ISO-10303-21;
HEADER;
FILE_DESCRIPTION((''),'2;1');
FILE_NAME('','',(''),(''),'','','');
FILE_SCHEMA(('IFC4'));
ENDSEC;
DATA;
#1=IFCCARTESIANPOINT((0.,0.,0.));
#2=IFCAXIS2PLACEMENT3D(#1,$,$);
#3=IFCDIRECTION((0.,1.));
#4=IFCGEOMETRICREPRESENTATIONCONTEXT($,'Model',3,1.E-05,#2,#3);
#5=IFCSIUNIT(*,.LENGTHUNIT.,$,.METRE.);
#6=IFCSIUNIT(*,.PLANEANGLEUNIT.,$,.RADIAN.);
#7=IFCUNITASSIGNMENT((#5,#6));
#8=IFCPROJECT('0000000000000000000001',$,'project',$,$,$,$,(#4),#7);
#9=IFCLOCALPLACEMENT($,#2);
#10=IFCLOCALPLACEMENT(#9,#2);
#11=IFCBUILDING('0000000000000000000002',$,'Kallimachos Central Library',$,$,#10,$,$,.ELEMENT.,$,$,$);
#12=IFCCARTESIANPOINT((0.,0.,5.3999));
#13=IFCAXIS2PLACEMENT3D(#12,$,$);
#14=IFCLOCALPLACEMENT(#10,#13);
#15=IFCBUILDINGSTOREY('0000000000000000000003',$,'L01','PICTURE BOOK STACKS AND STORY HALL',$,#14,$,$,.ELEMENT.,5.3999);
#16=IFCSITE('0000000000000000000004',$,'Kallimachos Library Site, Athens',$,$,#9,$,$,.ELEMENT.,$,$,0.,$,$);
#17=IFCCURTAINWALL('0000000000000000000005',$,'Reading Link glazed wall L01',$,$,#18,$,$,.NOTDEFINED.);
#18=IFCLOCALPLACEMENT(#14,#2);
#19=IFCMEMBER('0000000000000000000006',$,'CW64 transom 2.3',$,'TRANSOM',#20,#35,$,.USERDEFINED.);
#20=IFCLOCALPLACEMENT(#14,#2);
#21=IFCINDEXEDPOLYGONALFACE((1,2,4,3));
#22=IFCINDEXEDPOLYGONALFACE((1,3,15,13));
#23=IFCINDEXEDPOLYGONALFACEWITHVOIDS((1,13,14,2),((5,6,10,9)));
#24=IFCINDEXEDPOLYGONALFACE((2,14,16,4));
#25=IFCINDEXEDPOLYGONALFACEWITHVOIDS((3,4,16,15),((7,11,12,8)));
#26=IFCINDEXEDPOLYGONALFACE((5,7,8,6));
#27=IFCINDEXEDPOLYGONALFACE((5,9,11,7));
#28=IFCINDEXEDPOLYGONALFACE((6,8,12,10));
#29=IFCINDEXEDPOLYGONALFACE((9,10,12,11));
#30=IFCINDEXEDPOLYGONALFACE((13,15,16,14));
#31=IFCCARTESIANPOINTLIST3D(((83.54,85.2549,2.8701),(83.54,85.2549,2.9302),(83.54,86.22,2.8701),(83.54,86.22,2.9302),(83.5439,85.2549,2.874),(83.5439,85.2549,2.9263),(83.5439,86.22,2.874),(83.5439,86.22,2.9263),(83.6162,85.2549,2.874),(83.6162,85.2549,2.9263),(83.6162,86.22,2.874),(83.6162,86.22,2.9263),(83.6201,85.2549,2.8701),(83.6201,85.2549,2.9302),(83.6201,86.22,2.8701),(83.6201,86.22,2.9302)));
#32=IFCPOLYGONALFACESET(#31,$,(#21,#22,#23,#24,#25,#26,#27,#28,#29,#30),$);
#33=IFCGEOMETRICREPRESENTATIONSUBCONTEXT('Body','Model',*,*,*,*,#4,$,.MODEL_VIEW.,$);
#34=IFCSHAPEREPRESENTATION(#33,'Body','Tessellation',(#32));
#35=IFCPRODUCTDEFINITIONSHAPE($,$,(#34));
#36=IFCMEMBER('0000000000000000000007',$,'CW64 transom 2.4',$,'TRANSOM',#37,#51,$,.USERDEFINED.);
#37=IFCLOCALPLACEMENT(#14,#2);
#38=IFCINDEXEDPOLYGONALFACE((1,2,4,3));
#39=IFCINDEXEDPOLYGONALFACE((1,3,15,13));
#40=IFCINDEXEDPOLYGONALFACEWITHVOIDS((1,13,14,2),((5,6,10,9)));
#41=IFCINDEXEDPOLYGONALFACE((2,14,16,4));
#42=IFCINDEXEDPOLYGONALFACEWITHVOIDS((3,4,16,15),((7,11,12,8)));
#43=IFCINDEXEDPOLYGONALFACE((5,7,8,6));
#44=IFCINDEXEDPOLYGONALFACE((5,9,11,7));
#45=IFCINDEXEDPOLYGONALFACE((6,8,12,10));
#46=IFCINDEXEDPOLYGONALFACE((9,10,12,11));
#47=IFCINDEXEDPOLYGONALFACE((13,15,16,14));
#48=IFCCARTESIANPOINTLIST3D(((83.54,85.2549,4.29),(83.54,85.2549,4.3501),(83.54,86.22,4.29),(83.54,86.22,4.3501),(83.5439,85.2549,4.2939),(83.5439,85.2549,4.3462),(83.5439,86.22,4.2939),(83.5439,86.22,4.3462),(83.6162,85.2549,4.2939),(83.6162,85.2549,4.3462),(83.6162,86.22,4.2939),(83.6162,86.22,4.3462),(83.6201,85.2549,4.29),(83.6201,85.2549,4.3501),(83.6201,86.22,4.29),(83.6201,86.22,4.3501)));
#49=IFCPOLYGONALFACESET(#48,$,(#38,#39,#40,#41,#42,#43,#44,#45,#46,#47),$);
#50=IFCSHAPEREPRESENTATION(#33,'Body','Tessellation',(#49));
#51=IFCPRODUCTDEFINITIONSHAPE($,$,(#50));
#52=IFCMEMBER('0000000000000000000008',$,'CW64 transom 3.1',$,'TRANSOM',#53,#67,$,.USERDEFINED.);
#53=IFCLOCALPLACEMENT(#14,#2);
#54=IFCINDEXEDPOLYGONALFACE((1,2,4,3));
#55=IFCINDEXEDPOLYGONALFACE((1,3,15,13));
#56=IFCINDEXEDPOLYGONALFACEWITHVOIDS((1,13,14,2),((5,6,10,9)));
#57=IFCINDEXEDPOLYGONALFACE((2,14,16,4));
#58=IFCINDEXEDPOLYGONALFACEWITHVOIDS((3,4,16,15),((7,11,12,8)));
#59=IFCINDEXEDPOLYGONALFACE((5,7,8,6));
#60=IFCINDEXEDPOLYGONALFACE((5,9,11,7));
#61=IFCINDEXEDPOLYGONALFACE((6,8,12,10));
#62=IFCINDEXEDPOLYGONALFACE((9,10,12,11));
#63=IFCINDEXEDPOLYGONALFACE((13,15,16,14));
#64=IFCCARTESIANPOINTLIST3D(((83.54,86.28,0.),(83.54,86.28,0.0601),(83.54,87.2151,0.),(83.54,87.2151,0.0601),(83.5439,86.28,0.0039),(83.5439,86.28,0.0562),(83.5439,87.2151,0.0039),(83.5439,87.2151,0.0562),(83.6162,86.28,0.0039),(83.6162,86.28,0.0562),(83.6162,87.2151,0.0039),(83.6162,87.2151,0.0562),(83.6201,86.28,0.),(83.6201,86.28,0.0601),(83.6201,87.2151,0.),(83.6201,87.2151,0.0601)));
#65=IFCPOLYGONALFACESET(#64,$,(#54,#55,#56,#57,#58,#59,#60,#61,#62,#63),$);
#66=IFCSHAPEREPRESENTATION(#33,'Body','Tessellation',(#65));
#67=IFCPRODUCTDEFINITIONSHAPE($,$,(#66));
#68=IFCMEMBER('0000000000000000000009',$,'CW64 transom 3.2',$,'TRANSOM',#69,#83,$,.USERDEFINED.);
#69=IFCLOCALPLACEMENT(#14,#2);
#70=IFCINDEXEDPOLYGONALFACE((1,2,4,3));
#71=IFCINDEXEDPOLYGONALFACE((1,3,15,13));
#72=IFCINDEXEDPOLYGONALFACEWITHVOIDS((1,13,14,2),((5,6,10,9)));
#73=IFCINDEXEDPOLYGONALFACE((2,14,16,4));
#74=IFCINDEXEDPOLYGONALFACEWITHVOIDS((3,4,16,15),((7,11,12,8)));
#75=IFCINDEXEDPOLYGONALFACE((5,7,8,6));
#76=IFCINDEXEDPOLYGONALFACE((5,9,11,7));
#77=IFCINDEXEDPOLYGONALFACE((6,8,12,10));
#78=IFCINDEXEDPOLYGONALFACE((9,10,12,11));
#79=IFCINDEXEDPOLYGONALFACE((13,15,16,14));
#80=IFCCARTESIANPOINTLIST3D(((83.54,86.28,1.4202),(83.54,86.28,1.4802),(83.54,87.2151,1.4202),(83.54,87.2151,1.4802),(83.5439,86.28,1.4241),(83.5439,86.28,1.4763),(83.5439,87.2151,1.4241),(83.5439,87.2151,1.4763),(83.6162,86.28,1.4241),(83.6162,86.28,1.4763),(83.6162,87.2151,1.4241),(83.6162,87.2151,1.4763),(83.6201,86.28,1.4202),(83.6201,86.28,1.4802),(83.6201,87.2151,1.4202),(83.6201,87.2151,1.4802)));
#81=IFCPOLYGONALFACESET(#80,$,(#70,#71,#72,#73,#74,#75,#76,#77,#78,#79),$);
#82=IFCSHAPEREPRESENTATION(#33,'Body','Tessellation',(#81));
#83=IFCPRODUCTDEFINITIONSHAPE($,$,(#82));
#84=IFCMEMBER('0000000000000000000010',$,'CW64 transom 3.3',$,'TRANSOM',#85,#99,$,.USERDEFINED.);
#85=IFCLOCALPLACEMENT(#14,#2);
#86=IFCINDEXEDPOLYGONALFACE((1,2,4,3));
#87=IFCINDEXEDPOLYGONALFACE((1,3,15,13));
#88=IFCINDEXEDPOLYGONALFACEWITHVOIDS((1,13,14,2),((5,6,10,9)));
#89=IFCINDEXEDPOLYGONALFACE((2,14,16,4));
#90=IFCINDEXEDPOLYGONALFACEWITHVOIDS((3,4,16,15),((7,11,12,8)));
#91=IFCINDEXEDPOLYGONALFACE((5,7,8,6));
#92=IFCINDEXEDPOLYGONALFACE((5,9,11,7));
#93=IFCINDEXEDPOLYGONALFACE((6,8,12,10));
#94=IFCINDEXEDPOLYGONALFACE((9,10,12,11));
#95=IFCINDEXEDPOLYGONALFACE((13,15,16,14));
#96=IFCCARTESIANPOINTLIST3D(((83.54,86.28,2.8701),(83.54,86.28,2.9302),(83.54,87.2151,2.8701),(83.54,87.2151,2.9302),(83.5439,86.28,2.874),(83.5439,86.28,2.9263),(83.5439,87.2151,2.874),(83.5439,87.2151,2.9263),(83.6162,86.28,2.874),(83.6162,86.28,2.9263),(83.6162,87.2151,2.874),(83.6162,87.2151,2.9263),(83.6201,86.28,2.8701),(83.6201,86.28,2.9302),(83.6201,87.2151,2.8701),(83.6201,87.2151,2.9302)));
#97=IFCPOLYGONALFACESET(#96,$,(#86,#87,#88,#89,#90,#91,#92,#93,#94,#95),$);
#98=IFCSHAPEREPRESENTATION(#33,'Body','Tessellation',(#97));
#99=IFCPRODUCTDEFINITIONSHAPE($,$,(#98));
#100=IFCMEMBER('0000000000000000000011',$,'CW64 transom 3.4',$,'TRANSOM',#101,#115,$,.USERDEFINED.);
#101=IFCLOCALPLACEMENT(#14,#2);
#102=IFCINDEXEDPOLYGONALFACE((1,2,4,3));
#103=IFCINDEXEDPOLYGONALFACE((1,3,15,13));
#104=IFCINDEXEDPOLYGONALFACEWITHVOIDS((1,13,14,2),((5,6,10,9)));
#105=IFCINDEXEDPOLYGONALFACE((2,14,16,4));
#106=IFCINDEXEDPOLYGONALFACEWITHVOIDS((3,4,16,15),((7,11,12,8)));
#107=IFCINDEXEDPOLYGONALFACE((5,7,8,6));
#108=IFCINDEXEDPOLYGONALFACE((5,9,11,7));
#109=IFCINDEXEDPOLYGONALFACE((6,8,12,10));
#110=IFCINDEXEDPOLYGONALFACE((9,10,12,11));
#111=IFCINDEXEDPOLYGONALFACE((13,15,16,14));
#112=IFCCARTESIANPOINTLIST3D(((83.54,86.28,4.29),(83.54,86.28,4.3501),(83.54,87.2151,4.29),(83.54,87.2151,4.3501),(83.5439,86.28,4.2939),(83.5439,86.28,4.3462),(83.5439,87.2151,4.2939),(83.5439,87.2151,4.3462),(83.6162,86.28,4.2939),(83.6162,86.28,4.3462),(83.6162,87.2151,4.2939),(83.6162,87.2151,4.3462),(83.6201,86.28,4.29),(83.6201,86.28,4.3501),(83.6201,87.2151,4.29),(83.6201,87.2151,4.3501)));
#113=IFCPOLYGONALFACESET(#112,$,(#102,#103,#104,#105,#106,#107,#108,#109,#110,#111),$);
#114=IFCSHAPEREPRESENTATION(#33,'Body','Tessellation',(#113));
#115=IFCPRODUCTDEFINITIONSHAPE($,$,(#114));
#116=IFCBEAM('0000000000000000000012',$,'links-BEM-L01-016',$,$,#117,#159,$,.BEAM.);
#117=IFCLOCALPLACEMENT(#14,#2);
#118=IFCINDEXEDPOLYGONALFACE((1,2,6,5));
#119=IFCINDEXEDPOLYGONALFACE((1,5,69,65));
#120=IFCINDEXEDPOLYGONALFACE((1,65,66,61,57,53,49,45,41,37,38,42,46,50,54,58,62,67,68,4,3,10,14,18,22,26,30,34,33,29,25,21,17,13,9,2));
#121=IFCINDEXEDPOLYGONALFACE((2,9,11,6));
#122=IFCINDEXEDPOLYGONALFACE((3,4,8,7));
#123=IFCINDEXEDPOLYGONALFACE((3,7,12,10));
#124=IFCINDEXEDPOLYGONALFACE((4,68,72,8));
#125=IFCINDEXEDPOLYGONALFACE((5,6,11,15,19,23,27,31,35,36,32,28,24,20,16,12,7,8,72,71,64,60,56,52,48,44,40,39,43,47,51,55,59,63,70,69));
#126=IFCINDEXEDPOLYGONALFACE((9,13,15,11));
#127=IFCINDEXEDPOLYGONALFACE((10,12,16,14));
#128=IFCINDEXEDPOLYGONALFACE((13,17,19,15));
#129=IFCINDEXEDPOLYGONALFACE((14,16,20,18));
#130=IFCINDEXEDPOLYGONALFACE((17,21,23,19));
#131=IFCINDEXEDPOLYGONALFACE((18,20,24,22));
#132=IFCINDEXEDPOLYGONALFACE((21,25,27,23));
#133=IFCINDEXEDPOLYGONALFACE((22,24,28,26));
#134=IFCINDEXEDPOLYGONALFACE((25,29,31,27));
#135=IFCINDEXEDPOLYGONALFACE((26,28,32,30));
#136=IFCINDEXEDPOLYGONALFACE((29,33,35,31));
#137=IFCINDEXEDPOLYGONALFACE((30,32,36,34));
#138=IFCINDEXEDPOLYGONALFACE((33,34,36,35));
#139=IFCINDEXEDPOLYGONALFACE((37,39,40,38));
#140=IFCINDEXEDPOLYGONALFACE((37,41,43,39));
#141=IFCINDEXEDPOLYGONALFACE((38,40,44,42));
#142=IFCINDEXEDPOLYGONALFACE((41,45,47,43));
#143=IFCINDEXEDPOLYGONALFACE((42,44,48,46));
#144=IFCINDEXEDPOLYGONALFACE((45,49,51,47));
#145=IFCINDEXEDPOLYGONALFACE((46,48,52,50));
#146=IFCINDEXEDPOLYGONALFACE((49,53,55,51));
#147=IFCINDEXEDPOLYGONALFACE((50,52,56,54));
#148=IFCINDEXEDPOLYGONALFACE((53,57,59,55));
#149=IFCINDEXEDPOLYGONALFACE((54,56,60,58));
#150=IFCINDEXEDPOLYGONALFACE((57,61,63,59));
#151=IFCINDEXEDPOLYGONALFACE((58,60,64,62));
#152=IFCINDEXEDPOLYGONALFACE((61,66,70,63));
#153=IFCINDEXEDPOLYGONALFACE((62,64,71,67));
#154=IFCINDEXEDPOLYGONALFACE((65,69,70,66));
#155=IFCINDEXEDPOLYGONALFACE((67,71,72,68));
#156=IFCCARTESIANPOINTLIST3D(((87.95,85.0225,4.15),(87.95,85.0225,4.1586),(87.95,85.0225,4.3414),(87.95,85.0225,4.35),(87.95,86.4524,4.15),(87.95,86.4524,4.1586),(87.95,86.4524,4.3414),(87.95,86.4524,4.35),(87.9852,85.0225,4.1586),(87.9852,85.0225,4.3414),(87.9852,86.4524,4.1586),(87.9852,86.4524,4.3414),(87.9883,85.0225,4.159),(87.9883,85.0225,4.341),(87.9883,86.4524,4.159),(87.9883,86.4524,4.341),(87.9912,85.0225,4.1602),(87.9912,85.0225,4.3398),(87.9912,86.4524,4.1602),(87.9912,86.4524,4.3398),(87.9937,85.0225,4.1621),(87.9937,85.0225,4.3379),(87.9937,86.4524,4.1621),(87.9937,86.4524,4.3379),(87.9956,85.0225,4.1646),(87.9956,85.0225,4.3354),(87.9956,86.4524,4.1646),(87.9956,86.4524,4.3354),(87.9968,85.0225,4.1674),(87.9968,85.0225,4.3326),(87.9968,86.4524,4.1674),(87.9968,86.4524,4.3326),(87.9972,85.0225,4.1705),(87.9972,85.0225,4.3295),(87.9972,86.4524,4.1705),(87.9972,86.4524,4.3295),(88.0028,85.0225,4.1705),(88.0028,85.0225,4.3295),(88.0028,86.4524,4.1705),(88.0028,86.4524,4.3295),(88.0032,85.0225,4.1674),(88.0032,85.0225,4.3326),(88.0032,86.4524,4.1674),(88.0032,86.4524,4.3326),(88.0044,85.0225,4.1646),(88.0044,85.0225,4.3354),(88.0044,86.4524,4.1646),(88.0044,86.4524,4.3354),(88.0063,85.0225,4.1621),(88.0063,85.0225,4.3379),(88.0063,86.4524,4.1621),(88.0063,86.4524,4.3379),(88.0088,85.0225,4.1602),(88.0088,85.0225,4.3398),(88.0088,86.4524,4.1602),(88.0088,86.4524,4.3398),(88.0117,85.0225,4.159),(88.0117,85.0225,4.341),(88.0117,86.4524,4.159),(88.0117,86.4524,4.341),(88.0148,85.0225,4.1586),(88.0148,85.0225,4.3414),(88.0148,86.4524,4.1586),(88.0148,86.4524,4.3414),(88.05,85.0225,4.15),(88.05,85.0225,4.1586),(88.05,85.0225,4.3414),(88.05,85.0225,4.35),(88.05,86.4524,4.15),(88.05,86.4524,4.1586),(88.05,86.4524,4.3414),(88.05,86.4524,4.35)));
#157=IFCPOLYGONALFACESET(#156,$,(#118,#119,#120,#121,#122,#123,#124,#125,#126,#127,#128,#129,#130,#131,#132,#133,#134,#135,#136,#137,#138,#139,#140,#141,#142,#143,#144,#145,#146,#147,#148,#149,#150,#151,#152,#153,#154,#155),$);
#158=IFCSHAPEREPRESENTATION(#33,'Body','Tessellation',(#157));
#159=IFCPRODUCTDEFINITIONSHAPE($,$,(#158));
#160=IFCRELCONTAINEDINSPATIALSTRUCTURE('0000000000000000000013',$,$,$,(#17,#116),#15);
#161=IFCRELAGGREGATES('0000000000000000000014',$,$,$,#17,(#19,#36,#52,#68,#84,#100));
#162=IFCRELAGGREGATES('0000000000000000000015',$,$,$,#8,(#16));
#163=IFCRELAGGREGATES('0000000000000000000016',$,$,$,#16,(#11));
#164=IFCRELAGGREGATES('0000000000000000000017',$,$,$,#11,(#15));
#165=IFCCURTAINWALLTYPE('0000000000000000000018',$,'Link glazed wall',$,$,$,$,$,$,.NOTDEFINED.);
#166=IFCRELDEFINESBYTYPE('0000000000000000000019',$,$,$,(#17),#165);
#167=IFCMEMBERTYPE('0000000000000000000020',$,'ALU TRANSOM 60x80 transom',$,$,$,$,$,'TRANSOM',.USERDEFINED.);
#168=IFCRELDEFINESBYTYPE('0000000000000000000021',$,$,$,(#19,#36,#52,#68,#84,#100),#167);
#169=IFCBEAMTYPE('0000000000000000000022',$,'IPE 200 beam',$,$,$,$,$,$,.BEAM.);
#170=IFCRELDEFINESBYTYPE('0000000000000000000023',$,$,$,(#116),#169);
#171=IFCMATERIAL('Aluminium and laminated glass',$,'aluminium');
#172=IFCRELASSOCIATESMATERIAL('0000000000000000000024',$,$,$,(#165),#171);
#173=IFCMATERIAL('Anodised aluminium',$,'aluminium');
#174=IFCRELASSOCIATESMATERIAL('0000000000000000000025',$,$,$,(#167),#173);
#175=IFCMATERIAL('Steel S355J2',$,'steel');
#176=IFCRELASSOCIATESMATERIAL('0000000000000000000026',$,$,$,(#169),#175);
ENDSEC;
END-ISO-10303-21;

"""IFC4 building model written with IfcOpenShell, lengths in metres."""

from ifc_helpers import new_model, si_unit, direction, frame, origin, origin_2d, place, context, subcontext, project, spatial, hollow_rectangle, i_section, extrude, material, material_profile, profile_set, type_object, element, aggregate, save


model = new_model("IFC4")

# Units and contexts
model_context = context("Model", 3, precision=1e-05, world=origin(), true_north=direction((0.0, 1.0)))
body_context = subcontext(model_context, "Body", "Model", "MODEL_VIEW")
ifc_project = project(units=[si_unit("LENGTHUNIT", "METRE"), si_unit("PLANEANGLEUNIT", "RADIAN")], contexts=[model_context])

# Site, building, storey
site_placement = place(None, origin())
site = spatial("IfcSite", under=ifc_project, at=site_placement, Name="Kallimachos Library Site, Athens", CompositionType="ELEMENT", RefElevation=0.0)
building_placement = place(site_placement, origin())
building = spatial("IfcBuilding", under=site, at=building_placement, Name="Kallimachos Central Library", CompositionType="ELEMENT")
storey_placement = place(building_placement, frame((0.0, 0.0, 5.3999)))
storey = spatial("IfcBuildingStorey", under=building, at=storey_placement, Name="L01", Description="PICTURE BOOK STACKS AND STORY HALL", CompositionType="ELEMENT", Elevation=5.3999)

# Curtain wall, members
ifc_material_1 = material(Name="Aluminium and laminated glass", Category="aluminium")
curtain_wall_type = type_object("IfcCurtainWallType", Name="Link glazed wall", PredefinedType="NOTDEFINED", material=ifc_material_1)
curtain_wall_placement = place(storey_placement, origin())
curtain_wall = element("IfcCurtainWall", 1, at=curtain_wall_placement, inside=storey, type_object=curtain_wall_type, Name="Reading Link glazed wall L01", PredefinedType="NOTDEFINED")
ifc_material_2 = material(Name="Anodised aluminium", Category="aluminium")
ifc_material_profile_1 = material_profile(ifc_material_2, hollow_rectangle(XDim=0.0601, YDim=0.0801, WallThickness=0.0039, at=origin_2d()), Name="ALU TRANSOM 60x80")
ifc_profile_set_1 = profile_set([ifc_material_profile_1], Name="Anodised aluminium")
member_type_1 = type_object("IfcMemberType", Name="ALU TRANSOM 60x80 transom", ElementType="TRANSOM", PredefinedType="USERDEFINED", material=ifc_profile_set_1)
member_1_placement = place(storey_placement, frame((83.5801, 85.2549, 2.9001), z_axis=(0.0, 1.0, 0.0), x_axis=(0.0, 0.0, 1.0)))
member_1 = element("IfcMember", 2, at=member_1_placement, type_object=member_type_1, Name="CW64 transom 2.3", ObjectType="TRANSOM", PredefinedType="USERDEFINED", context=body_context, shape_type="SweptSolid", body=[
    extrude(hollow_rectangle(XDim=0.0601, YDim=0.0801, WallThickness=0.0039, at=origin_2d()), origin(), (0.0, 0.0, 1.0), 0.9651),
])
member_2_placement = place(storey_placement, frame((83.5801, 85.2549, 4.3201), z_axis=(0.0, 1.0, 0.0), x_axis=(0.0, 0.0, 1.0)))
member_2 = element("IfcMember", 3, at=member_2_placement, type_object=member_type_1, Name="CW64 transom 2.4", ObjectType="TRANSOM", PredefinedType="USERDEFINED", context=body_context, shape_type="SweptSolid", body=[
    extrude(hollow_rectangle(XDim=0.0601, YDim=0.0801, WallThickness=0.0039, at=origin_2d()), origin(), (0.0, 0.0, 1.0), 0.9651),
])
member_3_placement = place(storey_placement, frame((83.5801, 86.28, 0.03), z_axis=(0.0, 1.0, 0.0), x_axis=(0.0, 0.0, 1.0)))
member_3 = element("IfcMember", 4, at=member_3_placement, type_object=member_type_1, Name="CW64 transom 3.1", ObjectType="TRANSOM", PredefinedType="USERDEFINED", context=body_context, shape_type="SweptSolid", body=[
    extrude(hollow_rectangle(XDim=0.0601, YDim=0.0801, WallThickness=0.0039, at=origin_2d()), origin(), (0.0, 0.0, 1.0), 0.9351),
])
member_4_placement = place(storey_placement, frame((83.5801, 86.28, 1.4502), z_axis=(0.0, 1.0, 0.0), x_axis=(0.0, 0.0, 1.0)))
member_4 = element("IfcMember", 5, at=member_4_placement, type_object=member_type_1, Name="CW64 transom 3.2", ObjectType="TRANSOM", PredefinedType="USERDEFINED", context=body_context, shape_type="SweptSolid", body=[
    extrude(hollow_rectangle(XDim=0.0601, YDim=0.0801, WallThickness=0.0039, at=origin_2d()), origin(), (0.0, 0.0, 1.0), 0.9351),
])
member_5_placement = place(storey_placement, frame((83.5801, 86.28, 2.9001), z_axis=(0.0, 1.0, 0.0), x_axis=(0.0, 0.0, 1.0)))
member_5 = element("IfcMember", 6, at=member_5_placement, type_object=member_type_1, Name="CW64 transom 3.3", ObjectType="TRANSOM", PredefinedType="USERDEFINED", context=body_context, shape_type="SweptSolid", body=[
    extrude(hollow_rectangle(XDim=0.0601, YDim=0.0801, WallThickness=0.0039, at=origin_2d()), origin(), (0.0, 0.0, 1.0), 0.9351),
])
member_6_placement = place(storey_placement, frame((83.5801, 86.28, 4.3201), z_axis=(0.0, 1.0, 0.0), x_axis=(0.0, 0.0, 1.0)))
member_6 = element("IfcMember", 7, at=member_6_placement, type_object=member_type_1, Name="CW64 transom 3.4", ObjectType="TRANSOM", PredefinedType="USERDEFINED", context=body_context, shape_type="SweptSolid", body=[
    extrude(hollow_rectangle(XDim=0.0601, YDim=0.0801, WallThickness=0.0039, at=origin_2d()), origin(), (0.0, 0.0, 1.0), 0.9351),
])

# Beam
ifc_material_3 = material(Name="Steel S355J2", Category="steel")
ifc_material_profile_2 = material_profile(ifc_material_3, i_section(OverallWidth=0.1001, OverallDepth=0.2, WebThickness=0.0056, FlangeThickness=0.0085, FilletRadius=0.012, at=origin_2d()), Name="IPE 200")
ifc_profile_set_2 = profile_set([ifc_material_profile_2], Name="Steel S355J2")
beam_type_1 = type_object("IfcBeamType", Name="IPE 200 beam", PredefinedType="BEAM", material=ifc_profile_set_2)
beam_1_placement = place(storey_placement, frame((88.0, 85.0225, 4.25), z_axis=(0.0, 1.0, 0.0), x_axis=(-1.0, 0.0, 0.0)))
element("IfcBeam", 8, at=beam_1_placement, inside=storey, type_object=beam_type_1, Name="links-BEM-L01-016", PredefinedType="BEAM", context=body_context, shape_type="SweptSolid", body=[
    extrude(i_section(OverallWidth=0.1001, OverallDepth=0.2, WebThickness=0.0056, FlangeThickness=0.0085, FilletRadius=0.012, at=origin_2d()), origin(), (0.0, 0.0, 1.0), 1.4299),
])

aggregate(curtain_wall, [member_1, member_2, member_3, member_4, member_5, member_6])

save(model, "model.ifc")
